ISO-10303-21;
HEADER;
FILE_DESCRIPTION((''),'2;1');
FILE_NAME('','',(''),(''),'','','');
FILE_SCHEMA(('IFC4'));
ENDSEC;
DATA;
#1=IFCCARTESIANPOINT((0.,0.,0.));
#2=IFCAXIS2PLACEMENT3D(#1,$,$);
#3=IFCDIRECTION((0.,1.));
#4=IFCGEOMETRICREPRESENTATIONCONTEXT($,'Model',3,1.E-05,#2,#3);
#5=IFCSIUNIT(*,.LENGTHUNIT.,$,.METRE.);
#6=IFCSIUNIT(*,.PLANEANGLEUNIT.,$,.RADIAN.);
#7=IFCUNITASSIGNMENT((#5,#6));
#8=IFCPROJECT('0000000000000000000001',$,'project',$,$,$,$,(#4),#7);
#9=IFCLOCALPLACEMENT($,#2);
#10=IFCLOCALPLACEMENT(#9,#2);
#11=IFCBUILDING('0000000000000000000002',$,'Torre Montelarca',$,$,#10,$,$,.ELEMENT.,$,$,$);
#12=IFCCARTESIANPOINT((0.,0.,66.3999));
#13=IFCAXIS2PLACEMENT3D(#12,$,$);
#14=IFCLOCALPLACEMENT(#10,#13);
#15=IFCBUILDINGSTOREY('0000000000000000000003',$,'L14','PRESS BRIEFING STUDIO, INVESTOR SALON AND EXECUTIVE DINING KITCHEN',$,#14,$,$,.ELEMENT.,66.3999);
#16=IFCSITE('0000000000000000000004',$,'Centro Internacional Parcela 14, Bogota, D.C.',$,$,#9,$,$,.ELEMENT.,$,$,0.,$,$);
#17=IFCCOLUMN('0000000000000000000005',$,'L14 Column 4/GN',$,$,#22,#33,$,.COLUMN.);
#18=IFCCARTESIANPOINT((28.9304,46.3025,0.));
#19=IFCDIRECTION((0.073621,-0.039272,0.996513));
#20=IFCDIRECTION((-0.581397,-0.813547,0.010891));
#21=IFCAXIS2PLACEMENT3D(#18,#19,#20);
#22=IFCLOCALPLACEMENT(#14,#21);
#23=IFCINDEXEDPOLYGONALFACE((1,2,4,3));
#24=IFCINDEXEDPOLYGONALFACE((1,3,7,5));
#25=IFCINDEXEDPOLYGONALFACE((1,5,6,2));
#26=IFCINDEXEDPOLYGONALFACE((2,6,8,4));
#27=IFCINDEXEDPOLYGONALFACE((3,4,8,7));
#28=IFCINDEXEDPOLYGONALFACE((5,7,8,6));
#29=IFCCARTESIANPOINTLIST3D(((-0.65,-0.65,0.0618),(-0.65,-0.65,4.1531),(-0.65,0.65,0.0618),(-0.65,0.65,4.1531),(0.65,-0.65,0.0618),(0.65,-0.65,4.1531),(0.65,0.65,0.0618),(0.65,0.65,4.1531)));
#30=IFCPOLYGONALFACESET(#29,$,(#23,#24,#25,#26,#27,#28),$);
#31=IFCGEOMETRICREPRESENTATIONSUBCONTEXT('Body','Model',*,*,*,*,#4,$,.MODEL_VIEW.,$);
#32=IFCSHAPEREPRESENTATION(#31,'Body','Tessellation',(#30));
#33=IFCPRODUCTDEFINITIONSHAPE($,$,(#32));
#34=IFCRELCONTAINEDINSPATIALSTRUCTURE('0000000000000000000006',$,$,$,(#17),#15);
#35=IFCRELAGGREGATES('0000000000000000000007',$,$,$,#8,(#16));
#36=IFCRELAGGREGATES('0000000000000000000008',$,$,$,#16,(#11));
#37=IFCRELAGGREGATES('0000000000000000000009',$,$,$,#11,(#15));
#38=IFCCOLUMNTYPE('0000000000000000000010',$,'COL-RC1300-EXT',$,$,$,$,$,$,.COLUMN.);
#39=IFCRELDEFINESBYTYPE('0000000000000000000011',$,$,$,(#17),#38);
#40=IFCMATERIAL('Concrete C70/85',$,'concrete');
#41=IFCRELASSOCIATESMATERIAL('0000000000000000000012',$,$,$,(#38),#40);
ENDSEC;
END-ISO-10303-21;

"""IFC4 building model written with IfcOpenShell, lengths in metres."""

from ifc_helpers import new_model, si_unit, direction, frame, origin, origin_2d, place, context, subcontext, project, spatial, rectangle, extrude, clip, halfspace, material, material_profile, profile_set, type_object, element, save


model = new_model("IFC4")

# Units and contexts
model_context = context("Model", 3, precision=1e-05, world=origin(), true_north=direction((0.0, 1.0)))
body_context = subcontext(model_context, "Body", "Model", "MODEL_VIEW")
ifc_project = project(units=[si_unit("LENGTHUNIT", "METRE"), si_unit("PLANEANGLEUNIT", "RADIAN")], contexts=[model_context])

# Site, building, storey
site_placement = place(None, origin())
site = spatial("IfcSite", under=ifc_project, at=site_placement, Name="Centro Internacional Parcela 14, Bogota, D.C.", CompositionType="ELEMENT", RefElevation=0.0)
building_placement = place(site_placement, origin())
building = spatial("IfcBuilding", under=site, at=building_placement, Name="Torre Montelarca", CompositionType="ELEMENT")
storey_placement = place(building_placement, frame((0.0, 0.0, 66.3999)))
storey = spatial("IfcBuildingStorey", under=building, at=storey_placement, Name="L14", Description="PRESS BRIEFING STUDIO, INVESTOR SALON AND EXECUTIVE DINING KITCHEN", CompositionType="ELEMENT", Elevation=66.3999)

# Column
ifc_material_1 = material(Name="Concrete C70/85", Category="concrete")
ifc_material_profile_1 = material_profile(ifc_material_1, rectangle(XDim=1.3, YDim=1.3, at=origin_2d()), Name="RC1300X1300", Category="concrete")
ifc_profile_set_1 = profile_set([ifc_material_profile_1], Name="Concrete C70/85")
column_type = type_object("IfcColumnType", Name="COL-RC1300-EXT", PredefinedType="COLUMN", material=ifc_profile_set_1)
column_placement = place(storey_placement, frame((28.9304, 46.3025, 0.0), z_axis=(0.073621, -0.039272, 0.996513), x_axis=(-0.581397, -0.813547, 0.010891)))
element("IfcColumn", 1, at=column_placement, inside=storey, type_object=column_type, Name="L14 Column 4/GN", PredefinedType="COLUMN", context=body_context, shape_type="Clipping", body=[
    clip(clip(extrude(rectangle(XDim=1.3, YDim=1.3, at=origin_2d()), origin(), (0.0, 0.0, 1.0), 4.2148), halfspace(frame((0.0, 0.0, 0.0618), z_axis=(0.0, 0.0, -1.0), x_axis=(1.0, 0.0, 0.0)), False)), halfspace(frame((0.0, 0.0, 4.1531), z_axis=(0.0, 0.0, 1.0), x_axis=(1.0, 0.0, 0.0)), False)),
])

save(model, "model.ifc")
